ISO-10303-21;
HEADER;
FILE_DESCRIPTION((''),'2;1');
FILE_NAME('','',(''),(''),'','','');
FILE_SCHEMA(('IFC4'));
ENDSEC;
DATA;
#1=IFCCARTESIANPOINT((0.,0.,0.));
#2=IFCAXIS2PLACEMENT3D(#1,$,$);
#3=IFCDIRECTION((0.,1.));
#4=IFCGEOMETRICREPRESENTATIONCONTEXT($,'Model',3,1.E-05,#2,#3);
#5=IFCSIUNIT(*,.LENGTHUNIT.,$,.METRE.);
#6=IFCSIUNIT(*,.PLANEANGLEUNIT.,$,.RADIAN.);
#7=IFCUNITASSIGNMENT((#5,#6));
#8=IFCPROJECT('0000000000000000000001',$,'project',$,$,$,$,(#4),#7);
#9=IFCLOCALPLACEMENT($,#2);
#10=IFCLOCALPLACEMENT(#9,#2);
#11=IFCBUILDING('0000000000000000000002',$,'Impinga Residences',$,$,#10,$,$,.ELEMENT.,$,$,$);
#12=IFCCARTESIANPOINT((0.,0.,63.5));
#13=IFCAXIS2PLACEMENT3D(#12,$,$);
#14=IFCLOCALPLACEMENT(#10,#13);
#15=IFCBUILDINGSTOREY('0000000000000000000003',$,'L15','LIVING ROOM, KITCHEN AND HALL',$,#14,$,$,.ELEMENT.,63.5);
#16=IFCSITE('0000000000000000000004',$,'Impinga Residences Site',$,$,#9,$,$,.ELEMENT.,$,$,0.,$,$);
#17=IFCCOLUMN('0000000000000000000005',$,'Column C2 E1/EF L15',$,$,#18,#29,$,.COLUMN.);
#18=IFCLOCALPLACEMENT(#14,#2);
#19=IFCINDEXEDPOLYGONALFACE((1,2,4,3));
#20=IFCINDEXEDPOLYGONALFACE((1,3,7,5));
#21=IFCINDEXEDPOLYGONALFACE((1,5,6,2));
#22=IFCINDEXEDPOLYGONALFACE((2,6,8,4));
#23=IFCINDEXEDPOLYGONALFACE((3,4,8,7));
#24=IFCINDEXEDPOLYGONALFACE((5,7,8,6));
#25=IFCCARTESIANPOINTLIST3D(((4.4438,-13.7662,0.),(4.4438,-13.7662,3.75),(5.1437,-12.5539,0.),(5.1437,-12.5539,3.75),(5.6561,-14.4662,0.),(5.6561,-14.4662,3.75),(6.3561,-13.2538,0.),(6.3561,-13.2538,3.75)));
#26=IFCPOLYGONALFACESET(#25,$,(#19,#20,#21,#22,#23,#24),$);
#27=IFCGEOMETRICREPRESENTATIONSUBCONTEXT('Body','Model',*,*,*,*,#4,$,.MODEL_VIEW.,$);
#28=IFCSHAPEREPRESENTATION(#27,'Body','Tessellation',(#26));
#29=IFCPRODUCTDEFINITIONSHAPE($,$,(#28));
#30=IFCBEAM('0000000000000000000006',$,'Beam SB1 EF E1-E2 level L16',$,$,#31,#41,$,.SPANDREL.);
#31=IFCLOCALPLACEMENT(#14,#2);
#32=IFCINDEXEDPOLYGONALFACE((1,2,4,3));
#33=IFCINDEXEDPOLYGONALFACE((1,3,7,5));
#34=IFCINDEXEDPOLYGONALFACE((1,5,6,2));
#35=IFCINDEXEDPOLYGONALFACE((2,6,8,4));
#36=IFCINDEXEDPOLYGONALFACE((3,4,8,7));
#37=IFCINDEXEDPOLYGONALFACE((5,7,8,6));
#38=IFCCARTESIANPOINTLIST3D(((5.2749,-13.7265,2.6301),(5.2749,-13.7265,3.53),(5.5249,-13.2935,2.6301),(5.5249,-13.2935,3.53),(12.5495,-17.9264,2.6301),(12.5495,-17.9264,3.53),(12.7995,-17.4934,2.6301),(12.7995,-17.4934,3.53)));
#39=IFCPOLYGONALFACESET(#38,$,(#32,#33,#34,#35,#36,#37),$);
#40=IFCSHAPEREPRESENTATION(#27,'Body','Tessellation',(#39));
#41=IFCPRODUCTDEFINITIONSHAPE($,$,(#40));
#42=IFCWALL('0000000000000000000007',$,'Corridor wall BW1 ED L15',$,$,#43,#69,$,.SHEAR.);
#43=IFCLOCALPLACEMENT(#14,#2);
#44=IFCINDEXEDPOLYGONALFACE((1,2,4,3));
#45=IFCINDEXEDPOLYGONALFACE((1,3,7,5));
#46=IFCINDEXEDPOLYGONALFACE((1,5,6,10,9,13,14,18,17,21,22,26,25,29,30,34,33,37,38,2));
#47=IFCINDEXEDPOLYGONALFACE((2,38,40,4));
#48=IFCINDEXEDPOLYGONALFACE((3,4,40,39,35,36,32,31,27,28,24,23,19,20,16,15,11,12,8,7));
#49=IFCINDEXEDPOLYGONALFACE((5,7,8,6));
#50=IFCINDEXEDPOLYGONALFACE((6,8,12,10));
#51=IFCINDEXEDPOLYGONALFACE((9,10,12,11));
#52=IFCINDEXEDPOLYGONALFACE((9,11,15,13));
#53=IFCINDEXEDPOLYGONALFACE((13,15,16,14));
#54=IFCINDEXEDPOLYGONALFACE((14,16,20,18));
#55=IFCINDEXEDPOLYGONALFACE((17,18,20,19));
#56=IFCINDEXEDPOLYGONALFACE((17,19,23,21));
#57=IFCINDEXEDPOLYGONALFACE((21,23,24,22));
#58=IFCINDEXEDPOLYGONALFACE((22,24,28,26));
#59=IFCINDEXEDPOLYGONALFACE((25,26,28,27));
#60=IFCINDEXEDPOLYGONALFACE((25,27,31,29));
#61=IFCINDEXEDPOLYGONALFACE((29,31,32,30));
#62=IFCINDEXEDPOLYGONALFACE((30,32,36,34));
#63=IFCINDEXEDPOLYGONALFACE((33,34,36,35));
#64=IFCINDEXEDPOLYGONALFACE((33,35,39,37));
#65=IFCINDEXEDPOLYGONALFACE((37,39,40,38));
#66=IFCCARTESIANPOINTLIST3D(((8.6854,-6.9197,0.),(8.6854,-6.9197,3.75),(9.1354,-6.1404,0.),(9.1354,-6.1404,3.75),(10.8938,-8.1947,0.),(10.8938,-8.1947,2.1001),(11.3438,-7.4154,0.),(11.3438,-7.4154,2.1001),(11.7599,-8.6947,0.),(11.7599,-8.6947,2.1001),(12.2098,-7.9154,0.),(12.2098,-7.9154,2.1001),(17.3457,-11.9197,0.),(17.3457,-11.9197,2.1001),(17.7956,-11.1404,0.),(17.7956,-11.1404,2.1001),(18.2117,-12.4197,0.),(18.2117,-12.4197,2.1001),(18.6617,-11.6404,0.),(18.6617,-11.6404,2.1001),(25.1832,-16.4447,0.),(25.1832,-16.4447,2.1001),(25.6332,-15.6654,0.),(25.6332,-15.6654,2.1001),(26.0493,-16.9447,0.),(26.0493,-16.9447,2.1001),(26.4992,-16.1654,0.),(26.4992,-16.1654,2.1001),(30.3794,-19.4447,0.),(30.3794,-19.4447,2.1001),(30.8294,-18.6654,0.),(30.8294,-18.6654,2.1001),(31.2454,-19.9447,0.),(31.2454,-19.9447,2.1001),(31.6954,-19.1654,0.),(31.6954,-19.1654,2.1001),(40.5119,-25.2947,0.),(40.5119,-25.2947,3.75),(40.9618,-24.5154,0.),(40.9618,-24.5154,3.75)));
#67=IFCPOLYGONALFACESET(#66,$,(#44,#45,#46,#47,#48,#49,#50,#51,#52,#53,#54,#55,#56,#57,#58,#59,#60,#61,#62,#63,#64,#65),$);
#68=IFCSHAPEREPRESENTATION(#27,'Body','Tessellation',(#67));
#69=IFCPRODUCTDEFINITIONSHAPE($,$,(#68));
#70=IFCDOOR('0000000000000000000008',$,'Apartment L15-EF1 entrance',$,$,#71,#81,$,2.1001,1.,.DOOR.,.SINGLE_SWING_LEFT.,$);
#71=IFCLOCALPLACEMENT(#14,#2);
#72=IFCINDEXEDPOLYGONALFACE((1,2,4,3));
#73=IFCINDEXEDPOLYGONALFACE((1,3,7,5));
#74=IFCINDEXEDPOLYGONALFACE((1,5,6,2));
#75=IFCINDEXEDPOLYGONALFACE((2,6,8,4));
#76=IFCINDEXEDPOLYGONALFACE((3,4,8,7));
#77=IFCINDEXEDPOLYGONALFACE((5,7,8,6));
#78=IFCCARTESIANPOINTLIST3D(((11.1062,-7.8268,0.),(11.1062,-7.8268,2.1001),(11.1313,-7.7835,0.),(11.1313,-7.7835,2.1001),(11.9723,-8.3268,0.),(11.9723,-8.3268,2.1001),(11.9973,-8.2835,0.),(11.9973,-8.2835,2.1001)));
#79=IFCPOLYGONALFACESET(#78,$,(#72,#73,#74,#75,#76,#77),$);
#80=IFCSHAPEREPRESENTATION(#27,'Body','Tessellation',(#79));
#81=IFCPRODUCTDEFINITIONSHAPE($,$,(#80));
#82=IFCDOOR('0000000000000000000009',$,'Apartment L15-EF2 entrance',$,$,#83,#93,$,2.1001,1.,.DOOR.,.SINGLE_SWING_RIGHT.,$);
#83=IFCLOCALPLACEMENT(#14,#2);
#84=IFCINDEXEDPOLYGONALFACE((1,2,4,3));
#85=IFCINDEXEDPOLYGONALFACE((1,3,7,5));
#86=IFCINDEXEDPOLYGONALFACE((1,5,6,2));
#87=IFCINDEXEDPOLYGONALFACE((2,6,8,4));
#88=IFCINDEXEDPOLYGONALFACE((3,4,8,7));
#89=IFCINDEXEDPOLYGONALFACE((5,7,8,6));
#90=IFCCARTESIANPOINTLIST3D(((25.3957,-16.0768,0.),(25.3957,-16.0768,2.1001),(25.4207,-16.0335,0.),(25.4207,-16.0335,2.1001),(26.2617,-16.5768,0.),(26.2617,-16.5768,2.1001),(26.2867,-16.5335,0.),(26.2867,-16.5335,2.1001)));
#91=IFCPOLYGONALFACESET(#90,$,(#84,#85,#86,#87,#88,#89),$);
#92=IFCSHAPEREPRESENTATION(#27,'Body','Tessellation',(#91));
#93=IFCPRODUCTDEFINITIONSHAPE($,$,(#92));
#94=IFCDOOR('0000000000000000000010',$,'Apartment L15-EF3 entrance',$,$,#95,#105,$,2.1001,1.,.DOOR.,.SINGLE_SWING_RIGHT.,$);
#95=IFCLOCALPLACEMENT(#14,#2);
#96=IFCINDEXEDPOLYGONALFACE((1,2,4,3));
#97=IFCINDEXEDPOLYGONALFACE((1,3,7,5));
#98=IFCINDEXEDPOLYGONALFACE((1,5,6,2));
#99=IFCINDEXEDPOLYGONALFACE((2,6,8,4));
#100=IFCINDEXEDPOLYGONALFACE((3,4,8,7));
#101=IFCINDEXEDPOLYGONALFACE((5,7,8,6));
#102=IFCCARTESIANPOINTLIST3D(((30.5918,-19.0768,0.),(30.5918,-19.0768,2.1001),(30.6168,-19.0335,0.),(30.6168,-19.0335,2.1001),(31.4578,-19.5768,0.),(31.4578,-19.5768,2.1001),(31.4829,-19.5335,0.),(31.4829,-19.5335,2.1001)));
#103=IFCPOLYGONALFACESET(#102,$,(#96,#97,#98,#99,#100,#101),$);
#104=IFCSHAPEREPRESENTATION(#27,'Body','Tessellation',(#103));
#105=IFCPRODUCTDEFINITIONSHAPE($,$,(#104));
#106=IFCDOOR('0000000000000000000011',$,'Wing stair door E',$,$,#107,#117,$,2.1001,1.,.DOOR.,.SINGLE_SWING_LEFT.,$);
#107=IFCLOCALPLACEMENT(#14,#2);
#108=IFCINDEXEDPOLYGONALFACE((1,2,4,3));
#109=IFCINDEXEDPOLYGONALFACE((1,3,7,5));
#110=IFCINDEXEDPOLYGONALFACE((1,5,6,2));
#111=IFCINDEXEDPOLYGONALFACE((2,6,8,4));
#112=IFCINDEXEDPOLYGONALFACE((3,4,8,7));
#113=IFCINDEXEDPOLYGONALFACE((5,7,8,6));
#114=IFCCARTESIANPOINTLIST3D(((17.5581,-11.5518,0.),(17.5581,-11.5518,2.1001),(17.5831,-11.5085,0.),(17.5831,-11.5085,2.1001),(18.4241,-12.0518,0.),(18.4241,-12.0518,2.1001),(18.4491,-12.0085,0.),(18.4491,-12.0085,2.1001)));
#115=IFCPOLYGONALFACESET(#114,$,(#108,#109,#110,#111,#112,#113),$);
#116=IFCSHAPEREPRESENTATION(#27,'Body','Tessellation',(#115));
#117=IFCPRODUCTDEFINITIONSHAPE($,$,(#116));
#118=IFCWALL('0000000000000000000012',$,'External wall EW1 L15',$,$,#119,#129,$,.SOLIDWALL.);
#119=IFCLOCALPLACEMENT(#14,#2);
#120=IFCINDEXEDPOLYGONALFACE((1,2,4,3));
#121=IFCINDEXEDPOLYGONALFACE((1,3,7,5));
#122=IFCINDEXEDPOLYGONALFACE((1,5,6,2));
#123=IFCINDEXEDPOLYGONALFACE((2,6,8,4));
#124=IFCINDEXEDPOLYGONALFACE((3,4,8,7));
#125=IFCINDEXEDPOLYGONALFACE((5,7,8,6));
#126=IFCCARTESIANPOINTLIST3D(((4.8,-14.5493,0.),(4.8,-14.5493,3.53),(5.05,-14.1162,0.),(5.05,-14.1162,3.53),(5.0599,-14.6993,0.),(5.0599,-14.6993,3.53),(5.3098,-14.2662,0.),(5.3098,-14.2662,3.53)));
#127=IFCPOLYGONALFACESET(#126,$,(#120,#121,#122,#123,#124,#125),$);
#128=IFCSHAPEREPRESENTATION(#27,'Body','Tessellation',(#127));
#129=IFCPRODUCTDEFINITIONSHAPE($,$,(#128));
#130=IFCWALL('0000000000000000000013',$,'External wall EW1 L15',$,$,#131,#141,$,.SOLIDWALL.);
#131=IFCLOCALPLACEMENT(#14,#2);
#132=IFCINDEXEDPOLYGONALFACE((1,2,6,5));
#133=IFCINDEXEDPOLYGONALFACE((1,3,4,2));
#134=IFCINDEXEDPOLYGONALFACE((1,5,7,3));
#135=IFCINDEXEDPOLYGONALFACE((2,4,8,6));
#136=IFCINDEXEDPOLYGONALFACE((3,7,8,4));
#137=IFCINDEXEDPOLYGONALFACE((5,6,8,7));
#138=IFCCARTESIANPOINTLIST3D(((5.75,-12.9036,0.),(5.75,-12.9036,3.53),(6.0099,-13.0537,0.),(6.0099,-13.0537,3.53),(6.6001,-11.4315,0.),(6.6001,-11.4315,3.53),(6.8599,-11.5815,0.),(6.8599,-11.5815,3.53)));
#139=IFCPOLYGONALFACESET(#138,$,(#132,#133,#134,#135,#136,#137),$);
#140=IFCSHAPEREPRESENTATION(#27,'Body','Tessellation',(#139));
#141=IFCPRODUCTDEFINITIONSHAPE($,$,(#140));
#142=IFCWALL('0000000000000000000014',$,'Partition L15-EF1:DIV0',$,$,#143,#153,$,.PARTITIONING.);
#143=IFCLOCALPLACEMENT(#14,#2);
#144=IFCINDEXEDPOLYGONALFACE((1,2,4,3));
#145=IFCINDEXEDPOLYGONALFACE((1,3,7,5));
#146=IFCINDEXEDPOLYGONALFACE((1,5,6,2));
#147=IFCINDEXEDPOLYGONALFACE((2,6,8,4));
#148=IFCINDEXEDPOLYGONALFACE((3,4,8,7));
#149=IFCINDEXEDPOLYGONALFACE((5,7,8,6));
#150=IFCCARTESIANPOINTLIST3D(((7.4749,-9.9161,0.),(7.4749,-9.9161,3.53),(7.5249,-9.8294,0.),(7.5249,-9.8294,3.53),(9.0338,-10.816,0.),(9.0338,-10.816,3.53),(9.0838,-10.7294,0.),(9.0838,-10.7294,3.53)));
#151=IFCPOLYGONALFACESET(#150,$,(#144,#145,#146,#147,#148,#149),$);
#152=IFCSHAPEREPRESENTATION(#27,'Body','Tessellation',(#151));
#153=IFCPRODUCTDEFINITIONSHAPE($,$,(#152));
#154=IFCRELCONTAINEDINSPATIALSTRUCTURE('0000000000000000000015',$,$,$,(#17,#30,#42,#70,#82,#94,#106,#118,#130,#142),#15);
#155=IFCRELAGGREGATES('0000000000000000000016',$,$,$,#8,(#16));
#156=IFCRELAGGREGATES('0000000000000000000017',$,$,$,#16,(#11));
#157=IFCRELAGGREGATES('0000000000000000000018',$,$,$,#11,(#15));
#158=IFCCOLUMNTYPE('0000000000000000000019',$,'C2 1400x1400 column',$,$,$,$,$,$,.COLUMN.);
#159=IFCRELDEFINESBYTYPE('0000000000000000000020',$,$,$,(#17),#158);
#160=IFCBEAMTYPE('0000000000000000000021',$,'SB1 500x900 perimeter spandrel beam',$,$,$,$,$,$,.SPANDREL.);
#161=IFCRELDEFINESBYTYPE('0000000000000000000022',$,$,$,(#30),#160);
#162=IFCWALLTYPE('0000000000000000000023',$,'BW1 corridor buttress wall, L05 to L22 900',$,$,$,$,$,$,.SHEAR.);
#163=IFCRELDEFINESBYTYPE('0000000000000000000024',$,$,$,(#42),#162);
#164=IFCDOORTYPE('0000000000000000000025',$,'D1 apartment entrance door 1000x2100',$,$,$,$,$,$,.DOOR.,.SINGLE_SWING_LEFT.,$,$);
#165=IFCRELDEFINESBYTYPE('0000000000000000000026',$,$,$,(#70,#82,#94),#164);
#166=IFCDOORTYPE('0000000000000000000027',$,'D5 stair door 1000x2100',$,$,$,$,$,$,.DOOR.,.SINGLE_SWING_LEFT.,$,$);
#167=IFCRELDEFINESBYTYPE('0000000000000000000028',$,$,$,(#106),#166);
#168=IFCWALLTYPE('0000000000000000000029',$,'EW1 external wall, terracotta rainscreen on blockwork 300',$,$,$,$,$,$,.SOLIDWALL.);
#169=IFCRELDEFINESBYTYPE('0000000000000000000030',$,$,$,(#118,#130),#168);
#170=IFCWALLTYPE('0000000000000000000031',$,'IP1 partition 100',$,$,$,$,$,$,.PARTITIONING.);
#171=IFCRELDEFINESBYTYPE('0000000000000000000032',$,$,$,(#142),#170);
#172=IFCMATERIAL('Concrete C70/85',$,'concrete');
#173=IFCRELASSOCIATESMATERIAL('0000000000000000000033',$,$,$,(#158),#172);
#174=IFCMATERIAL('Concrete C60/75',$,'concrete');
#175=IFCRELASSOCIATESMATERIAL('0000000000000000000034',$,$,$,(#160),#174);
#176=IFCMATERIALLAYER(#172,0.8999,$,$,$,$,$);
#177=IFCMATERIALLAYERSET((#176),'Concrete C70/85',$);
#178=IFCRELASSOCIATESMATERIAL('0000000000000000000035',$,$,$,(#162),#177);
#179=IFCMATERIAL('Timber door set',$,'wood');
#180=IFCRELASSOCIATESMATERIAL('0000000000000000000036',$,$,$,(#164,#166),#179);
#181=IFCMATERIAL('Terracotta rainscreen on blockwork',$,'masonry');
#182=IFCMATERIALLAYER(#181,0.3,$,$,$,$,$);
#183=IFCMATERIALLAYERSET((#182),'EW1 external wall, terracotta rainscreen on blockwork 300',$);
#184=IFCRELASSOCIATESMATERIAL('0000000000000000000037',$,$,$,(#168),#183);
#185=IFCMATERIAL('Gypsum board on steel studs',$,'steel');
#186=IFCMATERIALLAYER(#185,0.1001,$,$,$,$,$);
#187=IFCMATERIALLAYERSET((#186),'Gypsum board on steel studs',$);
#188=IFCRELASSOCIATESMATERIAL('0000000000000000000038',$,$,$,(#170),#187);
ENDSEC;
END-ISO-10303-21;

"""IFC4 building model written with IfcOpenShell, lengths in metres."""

from ifc_helpers import new_model, si_unit, direction, frame, frame_2d, origin, origin_2d, place, context, subcontext, project, spatial, rectangle, extrude, material, layer, layer_set, material_profile, profile_set, type_object, element, fill, save


model = new_model("IFC4")

# Units and contexts
model_context = context("Model", 3, precision=1e-05, world=origin(), true_north=direction((0.0, 1.0)))
body_context = subcontext(model_context, "Body", "Model", "MODEL_VIEW")
ifc_project = project(units=[si_unit("LENGTHUNIT", "METRE"), si_unit("PLANEANGLEUNIT", "RADIAN")], contexts=[model_context])

# Site, building, storey
site_placement = place(None, origin())
site = spatial("IfcSite", under=ifc_project, at=site_placement, Name="Impinga Residences Site", CompositionType="ELEMENT", RefElevation=0.0)
building_placement = place(site_placement, origin())
building = spatial("IfcBuilding", under=site, at=building_placement, Name="Impinga Residences", CompositionType="ELEMENT")
storey_placement = place(building_placement, frame((0.0, 0.0, 63.5)))
storey = spatial("IfcBuildingStorey", under=building, at=storey_placement, Name="L15", Description="LIVING ROOM, KITCHEN AND HALL", CompositionType="ELEMENT", Elevation=63.5)

# Column
ifc_material_1 = material(Name="Concrete C70/85", Category="concrete")
ifc_material_profile_1 = material_profile(ifc_material_1, rectangle(XDim=1.3999, YDim=1.3999, at=origin_2d()), Name="RC 1400x1400")
ifc_profile_set_1 = profile_set([ifc_material_profile_1], Name="Concrete C70/85")
column_type = type_object("IfcColumnType", Name="C2 1400x1400 column", PredefinedType="COLUMN", material=ifc_profile_set_1)
column_placement = place(storey_placement, frame((5.3999, -13.51, 0.0), z_axis=(0.0, 0.0, 1.0), x_axis=(-0.5, -0.866025, 0.0)))
element("IfcColumn", 1, at=column_placement, inside=storey, type_object=column_type, Name="Column C2 E1/EF L15", PredefinedType="COLUMN", context=body_context, shape_type="SweptSolid", body=[
    extrude(rectangle(XDim=1.3999, YDim=1.3999, at=origin_2d()), origin(), (0.0, 0.0, 1.0), 3.75),
])

# Beam
ifc_material_2 = material(Name="Concrete C60/75", Category="concrete")
ifc_material_profile_2 = material_profile(ifc_material_2, rectangle(XDim=0.5, YDim=0.8999, at=origin_2d()), Name="RC 500x900")
ifc_profile_set_2 = profile_set([ifc_material_profile_2], Name="Concrete C60/75")
beam_type = type_object("IfcBeamType", Name="SB1 500x900 perimeter spandrel beam", PredefinedType="SPANDREL", material=ifc_profile_set_2)
beam_placement = place(storey_placement, frame((5.3999, -13.51, 3.0801), z_axis=(0.866029, -0.499993, 0.0), x_axis=(0.499993, 0.866029, 0.0)))
element("IfcBeam", 2, at=beam_placement, inside=storey, type_object=beam_type, Name="Beam SB1 EF E1-E2 level L16", PredefinedType="SPANDREL", context=body_context, shape_type="SweptSolid", body=[
    extrude(rectangle(XDim=0.5, YDim=0.8999, at=origin_2d()), origin(), (0.0, 0.0, 1.0), 8.3999),
])

# Wall, openings, doors
ifc_layer_1 = layer(ifc_material_1, 0.8999)
ifc_layer_set_1 = layer_set([ifc_layer_1], Name="Concrete C70/85")
wall_type_1 = type_object("IfcWallType", Name="BW1 corridor buttress wall, L05 to L22 900", PredefinedType="SHEAR", material=ifc_layer_set_1)
wall_1_placement = place(storey_placement, frame((8.9104, -6.53, 0.0), z_axis=(0.0, 0.0, 1.0), x_axis=(0.866025, -0.5, 0.0)))
wall_1 = element("IfcWall", 3, at=wall_1_placement, inside=storey, type_object=wall_type_1, Name="Corridor wall BW1 ED L15", PredefinedType="SHEAR", context=body_context, shape_type="SweptSolid", body=[
    extrude(rectangle(XDim=36.75, YDim=0.8999, at=frame_2d((18.375, 0.0))), origin(), (0.0, 0.0, 1.0), 3.75),
])
opening_1_placement = place(wall_1_placement, frame((10.0, 0.0, 0.0)))
opening_1 = element("IfcOpeningElement", 4, at=opening_1_placement, cuts=wall_1, PredefinedType="OPENING", context=body_context, shape_type="SweptSolid", body=[
    extrude(rectangle(XDim=1.0, YDim=2.1001, at=frame_2d((0.5, 1.05))), frame((0.0, 0.46, 0.0), z_axis=(0.0, -1.0, 0.0), x_axis=(1.0, 0.0, 0.0)), (0.0, 0.0, 1.0), 0.9199),
])
opening_2_placement = place(wall_1_placement, frame((2.55, 0.0, 0.0)))
opening_2 = element("IfcOpeningElement", 5, at=opening_2_placement, cuts=wall_1, PredefinedType="OPENING", context=body_context, shape_type="SweptSolid", body=[
    extrude(rectangle(XDim=1.0, YDim=2.1001, at=frame_2d((0.5, 1.05))), frame((0.0, 0.46, 0.0), z_axis=(0.0, -1.0, 0.0), x_axis=(1.0, 0.0, 0.0)), (0.0, 0.0, 1.0), 0.9199),
])
opening_3_placement = place(wall_1_placement, frame((19.05, 0.0, 0.0)))
opening_3 = element("IfcOpeningElement", 6, at=opening_3_placement, cuts=wall_1, PredefinedType="OPENING", context=body_context, shape_type="SweptSolid", body=[
    extrude(rectangle(XDim=1.0, YDim=2.1001, at=frame_2d((0.5, 1.05))), frame((0.0, 0.46, 0.0), z_axis=(0.0, -1.0, 0.0), x_axis=(1.0, 0.0, 0.0)), (0.0, 0.0, 1.0), 0.9199),
])
opening_4_placement = place(wall_1_placement, frame((25.05, 0.0, 0.0)))
opening_4 = element("IfcOpeningElement", 7, at=opening_4_placement, cuts=wall_1, PredefinedType="OPENING", context=body_context, shape_type="SweptSolid", body=[
    extrude(rectangle(XDim=1.0, YDim=2.1001, at=frame_2d((0.5, 1.05))), frame((0.0, 0.46, 0.0), z_axis=(0.0, -1.0, 0.0), x_axis=(1.0, 0.0, 0.0)), (0.0, 0.0, 1.0), 0.9199),
])
ifc_material_3 = material(Name="Timber door set", Category="wood")
door_type_1 = type_object("IfcDoorType", Name="D1 apartment entrance door 1000x2100", OperationType="SINGLE_SWING_LEFT", PredefinedType="DOOR", material=ifc_material_3)
door_1_placement = place(opening_2_placement, origin())
door_1 = element("IfcDoor", 8, at=door_1_placement, inside=storey, type_object=door_type_1, Name="Apartment L15-EF1 entrance", OperationType="SINGLE_SWING_LEFT", OverallHeight=2.1001, OverallWidth=1.0, PredefinedType="DOOR", context=body_context, shape_type="SweptSolid", body=[
    extrude(rectangle(XDim=1.0, YDim=2.1001, at=frame_2d((0.5, 1.05))), frame((0.0, 0.0249, 0.0), z_axis=(0.0, -1.0, 0.0), x_axis=(1.0, 0.0, 0.0)), (0.0, 0.0, 1.0), 0.05),
])
fill(opening_2, door_1)
door_2_placement = place(opening_3_placement, origin())
door_2 = element("IfcDoor", 9, at=door_2_placement, inside=storey, type_object=door_type_1, Name="Apartment L15-EF2 entrance", OperationType="SINGLE_SWING_RIGHT", OverallHeight=2.1001, OverallWidth=1.0, PredefinedType="DOOR", context=body_context, shape_type="SweptSolid", body=[
    extrude(rectangle(XDim=1.0, YDim=2.1001, at=frame_2d((0.5, 1.05))), frame((0.0, 0.0249, 0.0), z_axis=(0.0, -1.0, 0.0), x_axis=(1.0, 0.0, 0.0)), (0.0, 0.0, 1.0), 0.05),
])
fill(opening_3, door_2)
door_3_placement = place(opening_4_placement, origin())
door_3 = element("IfcDoor", 10, at=door_3_placement, inside=storey, type_object=door_type_1, Name="Apartment L15-EF3 entrance", OperationType="SINGLE_SWING_RIGHT", OverallHeight=2.1001, OverallWidth=1.0, PredefinedType="DOOR", context=body_context, shape_type="SweptSolid", body=[
    extrude(rectangle(XDim=1.0, YDim=2.1001, at=frame_2d((0.5, 1.05))), frame((0.0, 0.0249, 0.0), z_axis=(0.0, -1.0, 0.0), x_axis=(1.0, 0.0, 0.0)), (0.0, 0.0, 1.0), 0.05),
])
fill(opening_4, door_3)
door_type_2 = type_object("IfcDoorType", Name="D5 stair door 1000x2100", OperationType="SINGLE_SWING_LEFT", PredefinedType="DOOR", material=ifc_material_3)
door_4_placement = place(opening_1_placement, origin())
door_4 = element("IfcDoor", 11, at=door_4_placement, inside=storey, type_object=door_type_2, Name="Wing stair door E", OperationType="SINGLE_SWING_LEFT", OverallHeight=2.1001, OverallWidth=1.0, PredefinedType="DOOR", context=body_context, shape_type="SweptSolid", body=[
    extrude(rectangle(XDim=1.0, YDim=2.1001, at=frame_2d((0.5, 1.05))), frame((0.0, 0.0249, 0.0), z_axis=(0.0, -1.0, 0.0), x_axis=(1.0, 0.0, 0.0)), (0.0, 0.0, 1.0), 0.05),
])
fill(opening_1, door_4)

# Walls
ifc_material_4 = material(Name="Terracotta rainscreen on blockwork", Category="masonry")
ifc_layer_2 = layer(ifc_material_4, 0.3)
ifc_layer_set_2 = layer_set([ifc_layer_2], Name="EW1 external wall, terracotta rainscreen on blockwork 300")
wall_type_2 = type_object("IfcWallType", Name="EW1 external wall, terracotta rainscreen on blockwork 300", PredefinedType="SOLIDWALL", material=ifc_layer_set_2)
wall_2_placement = place(storey_placement, frame((4.9299, -14.6243, 0.0), z_axis=(0.0, 0.0, 1.0), x_axis=(0.49992, 0.866072, 0.0)))
element("IfcWall", 12, at=wall_2_placement, inside=storey, type_object=wall_type_2, Name="External wall EW1 L15", PredefinedType="SOLIDWALL", context=body_context, shape_type="SweptSolid", body=[
    extrude(rectangle(XDim=0.5, YDim=0.3, at=frame_2d((0.25, 0.0))), origin(), (0.0, 0.0, 1.0), 3.53),
])
wall_3_placement = place(storey_placement, frame((5.8799, -12.9788, 0.0), z_axis=(0.0, 0.0, 1.0), x_axis=(0.500062, 0.865989, 0.0)))
element("IfcWall", 13, at=wall_3_placement, inside=storey, type_object=wall_type_2, Name="External wall EW1 L15", PredefinedType="SOLIDWALL", context=body_context, shape_type="SweptSolid", body=[
    extrude(rectangle(XDim=1.7, YDim=0.3, at=frame_2d((0.8501, 0.0))), origin(), (0.0, 0.0, 1.0), 3.53),
])
ifc_material_5 = material(Name="Gypsum board on steel studs", Category="steel")
ifc_layer_3 = layer(ifc_material_5, 0.1001)
ifc_layer_set_3 = layer_set([ifc_layer_3], Name="Gypsum board on steel studs")
wall_type_3 = type_object("IfcWallType", Name="IP1 partition 100", PredefinedType="PARTITIONING", material=ifc_layer_set_3)
wall_4_placement = place(storey_placement, frame((7.5, -9.8728, 0.0), z_axis=(0.0, 0.0, 1.0), x_axis=(0.866048, -0.499961, 0.0)))
element("IfcWall", 14, at=wall_4_placement, inside=storey, type_object=wall_type_3, Name="Partition L15-EF1:DIV0", PredefinedType="PARTITIONING", context=body_context, shape_type="SweptSolid", body=[
    extrude(rectangle(XDim=1.8, YDim=0.1001, at=frame_2d((0.8999, 0.0))), origin(), (0.0, 0.0, 1.0), 3.53),
])

save(model, "model.ifc")
